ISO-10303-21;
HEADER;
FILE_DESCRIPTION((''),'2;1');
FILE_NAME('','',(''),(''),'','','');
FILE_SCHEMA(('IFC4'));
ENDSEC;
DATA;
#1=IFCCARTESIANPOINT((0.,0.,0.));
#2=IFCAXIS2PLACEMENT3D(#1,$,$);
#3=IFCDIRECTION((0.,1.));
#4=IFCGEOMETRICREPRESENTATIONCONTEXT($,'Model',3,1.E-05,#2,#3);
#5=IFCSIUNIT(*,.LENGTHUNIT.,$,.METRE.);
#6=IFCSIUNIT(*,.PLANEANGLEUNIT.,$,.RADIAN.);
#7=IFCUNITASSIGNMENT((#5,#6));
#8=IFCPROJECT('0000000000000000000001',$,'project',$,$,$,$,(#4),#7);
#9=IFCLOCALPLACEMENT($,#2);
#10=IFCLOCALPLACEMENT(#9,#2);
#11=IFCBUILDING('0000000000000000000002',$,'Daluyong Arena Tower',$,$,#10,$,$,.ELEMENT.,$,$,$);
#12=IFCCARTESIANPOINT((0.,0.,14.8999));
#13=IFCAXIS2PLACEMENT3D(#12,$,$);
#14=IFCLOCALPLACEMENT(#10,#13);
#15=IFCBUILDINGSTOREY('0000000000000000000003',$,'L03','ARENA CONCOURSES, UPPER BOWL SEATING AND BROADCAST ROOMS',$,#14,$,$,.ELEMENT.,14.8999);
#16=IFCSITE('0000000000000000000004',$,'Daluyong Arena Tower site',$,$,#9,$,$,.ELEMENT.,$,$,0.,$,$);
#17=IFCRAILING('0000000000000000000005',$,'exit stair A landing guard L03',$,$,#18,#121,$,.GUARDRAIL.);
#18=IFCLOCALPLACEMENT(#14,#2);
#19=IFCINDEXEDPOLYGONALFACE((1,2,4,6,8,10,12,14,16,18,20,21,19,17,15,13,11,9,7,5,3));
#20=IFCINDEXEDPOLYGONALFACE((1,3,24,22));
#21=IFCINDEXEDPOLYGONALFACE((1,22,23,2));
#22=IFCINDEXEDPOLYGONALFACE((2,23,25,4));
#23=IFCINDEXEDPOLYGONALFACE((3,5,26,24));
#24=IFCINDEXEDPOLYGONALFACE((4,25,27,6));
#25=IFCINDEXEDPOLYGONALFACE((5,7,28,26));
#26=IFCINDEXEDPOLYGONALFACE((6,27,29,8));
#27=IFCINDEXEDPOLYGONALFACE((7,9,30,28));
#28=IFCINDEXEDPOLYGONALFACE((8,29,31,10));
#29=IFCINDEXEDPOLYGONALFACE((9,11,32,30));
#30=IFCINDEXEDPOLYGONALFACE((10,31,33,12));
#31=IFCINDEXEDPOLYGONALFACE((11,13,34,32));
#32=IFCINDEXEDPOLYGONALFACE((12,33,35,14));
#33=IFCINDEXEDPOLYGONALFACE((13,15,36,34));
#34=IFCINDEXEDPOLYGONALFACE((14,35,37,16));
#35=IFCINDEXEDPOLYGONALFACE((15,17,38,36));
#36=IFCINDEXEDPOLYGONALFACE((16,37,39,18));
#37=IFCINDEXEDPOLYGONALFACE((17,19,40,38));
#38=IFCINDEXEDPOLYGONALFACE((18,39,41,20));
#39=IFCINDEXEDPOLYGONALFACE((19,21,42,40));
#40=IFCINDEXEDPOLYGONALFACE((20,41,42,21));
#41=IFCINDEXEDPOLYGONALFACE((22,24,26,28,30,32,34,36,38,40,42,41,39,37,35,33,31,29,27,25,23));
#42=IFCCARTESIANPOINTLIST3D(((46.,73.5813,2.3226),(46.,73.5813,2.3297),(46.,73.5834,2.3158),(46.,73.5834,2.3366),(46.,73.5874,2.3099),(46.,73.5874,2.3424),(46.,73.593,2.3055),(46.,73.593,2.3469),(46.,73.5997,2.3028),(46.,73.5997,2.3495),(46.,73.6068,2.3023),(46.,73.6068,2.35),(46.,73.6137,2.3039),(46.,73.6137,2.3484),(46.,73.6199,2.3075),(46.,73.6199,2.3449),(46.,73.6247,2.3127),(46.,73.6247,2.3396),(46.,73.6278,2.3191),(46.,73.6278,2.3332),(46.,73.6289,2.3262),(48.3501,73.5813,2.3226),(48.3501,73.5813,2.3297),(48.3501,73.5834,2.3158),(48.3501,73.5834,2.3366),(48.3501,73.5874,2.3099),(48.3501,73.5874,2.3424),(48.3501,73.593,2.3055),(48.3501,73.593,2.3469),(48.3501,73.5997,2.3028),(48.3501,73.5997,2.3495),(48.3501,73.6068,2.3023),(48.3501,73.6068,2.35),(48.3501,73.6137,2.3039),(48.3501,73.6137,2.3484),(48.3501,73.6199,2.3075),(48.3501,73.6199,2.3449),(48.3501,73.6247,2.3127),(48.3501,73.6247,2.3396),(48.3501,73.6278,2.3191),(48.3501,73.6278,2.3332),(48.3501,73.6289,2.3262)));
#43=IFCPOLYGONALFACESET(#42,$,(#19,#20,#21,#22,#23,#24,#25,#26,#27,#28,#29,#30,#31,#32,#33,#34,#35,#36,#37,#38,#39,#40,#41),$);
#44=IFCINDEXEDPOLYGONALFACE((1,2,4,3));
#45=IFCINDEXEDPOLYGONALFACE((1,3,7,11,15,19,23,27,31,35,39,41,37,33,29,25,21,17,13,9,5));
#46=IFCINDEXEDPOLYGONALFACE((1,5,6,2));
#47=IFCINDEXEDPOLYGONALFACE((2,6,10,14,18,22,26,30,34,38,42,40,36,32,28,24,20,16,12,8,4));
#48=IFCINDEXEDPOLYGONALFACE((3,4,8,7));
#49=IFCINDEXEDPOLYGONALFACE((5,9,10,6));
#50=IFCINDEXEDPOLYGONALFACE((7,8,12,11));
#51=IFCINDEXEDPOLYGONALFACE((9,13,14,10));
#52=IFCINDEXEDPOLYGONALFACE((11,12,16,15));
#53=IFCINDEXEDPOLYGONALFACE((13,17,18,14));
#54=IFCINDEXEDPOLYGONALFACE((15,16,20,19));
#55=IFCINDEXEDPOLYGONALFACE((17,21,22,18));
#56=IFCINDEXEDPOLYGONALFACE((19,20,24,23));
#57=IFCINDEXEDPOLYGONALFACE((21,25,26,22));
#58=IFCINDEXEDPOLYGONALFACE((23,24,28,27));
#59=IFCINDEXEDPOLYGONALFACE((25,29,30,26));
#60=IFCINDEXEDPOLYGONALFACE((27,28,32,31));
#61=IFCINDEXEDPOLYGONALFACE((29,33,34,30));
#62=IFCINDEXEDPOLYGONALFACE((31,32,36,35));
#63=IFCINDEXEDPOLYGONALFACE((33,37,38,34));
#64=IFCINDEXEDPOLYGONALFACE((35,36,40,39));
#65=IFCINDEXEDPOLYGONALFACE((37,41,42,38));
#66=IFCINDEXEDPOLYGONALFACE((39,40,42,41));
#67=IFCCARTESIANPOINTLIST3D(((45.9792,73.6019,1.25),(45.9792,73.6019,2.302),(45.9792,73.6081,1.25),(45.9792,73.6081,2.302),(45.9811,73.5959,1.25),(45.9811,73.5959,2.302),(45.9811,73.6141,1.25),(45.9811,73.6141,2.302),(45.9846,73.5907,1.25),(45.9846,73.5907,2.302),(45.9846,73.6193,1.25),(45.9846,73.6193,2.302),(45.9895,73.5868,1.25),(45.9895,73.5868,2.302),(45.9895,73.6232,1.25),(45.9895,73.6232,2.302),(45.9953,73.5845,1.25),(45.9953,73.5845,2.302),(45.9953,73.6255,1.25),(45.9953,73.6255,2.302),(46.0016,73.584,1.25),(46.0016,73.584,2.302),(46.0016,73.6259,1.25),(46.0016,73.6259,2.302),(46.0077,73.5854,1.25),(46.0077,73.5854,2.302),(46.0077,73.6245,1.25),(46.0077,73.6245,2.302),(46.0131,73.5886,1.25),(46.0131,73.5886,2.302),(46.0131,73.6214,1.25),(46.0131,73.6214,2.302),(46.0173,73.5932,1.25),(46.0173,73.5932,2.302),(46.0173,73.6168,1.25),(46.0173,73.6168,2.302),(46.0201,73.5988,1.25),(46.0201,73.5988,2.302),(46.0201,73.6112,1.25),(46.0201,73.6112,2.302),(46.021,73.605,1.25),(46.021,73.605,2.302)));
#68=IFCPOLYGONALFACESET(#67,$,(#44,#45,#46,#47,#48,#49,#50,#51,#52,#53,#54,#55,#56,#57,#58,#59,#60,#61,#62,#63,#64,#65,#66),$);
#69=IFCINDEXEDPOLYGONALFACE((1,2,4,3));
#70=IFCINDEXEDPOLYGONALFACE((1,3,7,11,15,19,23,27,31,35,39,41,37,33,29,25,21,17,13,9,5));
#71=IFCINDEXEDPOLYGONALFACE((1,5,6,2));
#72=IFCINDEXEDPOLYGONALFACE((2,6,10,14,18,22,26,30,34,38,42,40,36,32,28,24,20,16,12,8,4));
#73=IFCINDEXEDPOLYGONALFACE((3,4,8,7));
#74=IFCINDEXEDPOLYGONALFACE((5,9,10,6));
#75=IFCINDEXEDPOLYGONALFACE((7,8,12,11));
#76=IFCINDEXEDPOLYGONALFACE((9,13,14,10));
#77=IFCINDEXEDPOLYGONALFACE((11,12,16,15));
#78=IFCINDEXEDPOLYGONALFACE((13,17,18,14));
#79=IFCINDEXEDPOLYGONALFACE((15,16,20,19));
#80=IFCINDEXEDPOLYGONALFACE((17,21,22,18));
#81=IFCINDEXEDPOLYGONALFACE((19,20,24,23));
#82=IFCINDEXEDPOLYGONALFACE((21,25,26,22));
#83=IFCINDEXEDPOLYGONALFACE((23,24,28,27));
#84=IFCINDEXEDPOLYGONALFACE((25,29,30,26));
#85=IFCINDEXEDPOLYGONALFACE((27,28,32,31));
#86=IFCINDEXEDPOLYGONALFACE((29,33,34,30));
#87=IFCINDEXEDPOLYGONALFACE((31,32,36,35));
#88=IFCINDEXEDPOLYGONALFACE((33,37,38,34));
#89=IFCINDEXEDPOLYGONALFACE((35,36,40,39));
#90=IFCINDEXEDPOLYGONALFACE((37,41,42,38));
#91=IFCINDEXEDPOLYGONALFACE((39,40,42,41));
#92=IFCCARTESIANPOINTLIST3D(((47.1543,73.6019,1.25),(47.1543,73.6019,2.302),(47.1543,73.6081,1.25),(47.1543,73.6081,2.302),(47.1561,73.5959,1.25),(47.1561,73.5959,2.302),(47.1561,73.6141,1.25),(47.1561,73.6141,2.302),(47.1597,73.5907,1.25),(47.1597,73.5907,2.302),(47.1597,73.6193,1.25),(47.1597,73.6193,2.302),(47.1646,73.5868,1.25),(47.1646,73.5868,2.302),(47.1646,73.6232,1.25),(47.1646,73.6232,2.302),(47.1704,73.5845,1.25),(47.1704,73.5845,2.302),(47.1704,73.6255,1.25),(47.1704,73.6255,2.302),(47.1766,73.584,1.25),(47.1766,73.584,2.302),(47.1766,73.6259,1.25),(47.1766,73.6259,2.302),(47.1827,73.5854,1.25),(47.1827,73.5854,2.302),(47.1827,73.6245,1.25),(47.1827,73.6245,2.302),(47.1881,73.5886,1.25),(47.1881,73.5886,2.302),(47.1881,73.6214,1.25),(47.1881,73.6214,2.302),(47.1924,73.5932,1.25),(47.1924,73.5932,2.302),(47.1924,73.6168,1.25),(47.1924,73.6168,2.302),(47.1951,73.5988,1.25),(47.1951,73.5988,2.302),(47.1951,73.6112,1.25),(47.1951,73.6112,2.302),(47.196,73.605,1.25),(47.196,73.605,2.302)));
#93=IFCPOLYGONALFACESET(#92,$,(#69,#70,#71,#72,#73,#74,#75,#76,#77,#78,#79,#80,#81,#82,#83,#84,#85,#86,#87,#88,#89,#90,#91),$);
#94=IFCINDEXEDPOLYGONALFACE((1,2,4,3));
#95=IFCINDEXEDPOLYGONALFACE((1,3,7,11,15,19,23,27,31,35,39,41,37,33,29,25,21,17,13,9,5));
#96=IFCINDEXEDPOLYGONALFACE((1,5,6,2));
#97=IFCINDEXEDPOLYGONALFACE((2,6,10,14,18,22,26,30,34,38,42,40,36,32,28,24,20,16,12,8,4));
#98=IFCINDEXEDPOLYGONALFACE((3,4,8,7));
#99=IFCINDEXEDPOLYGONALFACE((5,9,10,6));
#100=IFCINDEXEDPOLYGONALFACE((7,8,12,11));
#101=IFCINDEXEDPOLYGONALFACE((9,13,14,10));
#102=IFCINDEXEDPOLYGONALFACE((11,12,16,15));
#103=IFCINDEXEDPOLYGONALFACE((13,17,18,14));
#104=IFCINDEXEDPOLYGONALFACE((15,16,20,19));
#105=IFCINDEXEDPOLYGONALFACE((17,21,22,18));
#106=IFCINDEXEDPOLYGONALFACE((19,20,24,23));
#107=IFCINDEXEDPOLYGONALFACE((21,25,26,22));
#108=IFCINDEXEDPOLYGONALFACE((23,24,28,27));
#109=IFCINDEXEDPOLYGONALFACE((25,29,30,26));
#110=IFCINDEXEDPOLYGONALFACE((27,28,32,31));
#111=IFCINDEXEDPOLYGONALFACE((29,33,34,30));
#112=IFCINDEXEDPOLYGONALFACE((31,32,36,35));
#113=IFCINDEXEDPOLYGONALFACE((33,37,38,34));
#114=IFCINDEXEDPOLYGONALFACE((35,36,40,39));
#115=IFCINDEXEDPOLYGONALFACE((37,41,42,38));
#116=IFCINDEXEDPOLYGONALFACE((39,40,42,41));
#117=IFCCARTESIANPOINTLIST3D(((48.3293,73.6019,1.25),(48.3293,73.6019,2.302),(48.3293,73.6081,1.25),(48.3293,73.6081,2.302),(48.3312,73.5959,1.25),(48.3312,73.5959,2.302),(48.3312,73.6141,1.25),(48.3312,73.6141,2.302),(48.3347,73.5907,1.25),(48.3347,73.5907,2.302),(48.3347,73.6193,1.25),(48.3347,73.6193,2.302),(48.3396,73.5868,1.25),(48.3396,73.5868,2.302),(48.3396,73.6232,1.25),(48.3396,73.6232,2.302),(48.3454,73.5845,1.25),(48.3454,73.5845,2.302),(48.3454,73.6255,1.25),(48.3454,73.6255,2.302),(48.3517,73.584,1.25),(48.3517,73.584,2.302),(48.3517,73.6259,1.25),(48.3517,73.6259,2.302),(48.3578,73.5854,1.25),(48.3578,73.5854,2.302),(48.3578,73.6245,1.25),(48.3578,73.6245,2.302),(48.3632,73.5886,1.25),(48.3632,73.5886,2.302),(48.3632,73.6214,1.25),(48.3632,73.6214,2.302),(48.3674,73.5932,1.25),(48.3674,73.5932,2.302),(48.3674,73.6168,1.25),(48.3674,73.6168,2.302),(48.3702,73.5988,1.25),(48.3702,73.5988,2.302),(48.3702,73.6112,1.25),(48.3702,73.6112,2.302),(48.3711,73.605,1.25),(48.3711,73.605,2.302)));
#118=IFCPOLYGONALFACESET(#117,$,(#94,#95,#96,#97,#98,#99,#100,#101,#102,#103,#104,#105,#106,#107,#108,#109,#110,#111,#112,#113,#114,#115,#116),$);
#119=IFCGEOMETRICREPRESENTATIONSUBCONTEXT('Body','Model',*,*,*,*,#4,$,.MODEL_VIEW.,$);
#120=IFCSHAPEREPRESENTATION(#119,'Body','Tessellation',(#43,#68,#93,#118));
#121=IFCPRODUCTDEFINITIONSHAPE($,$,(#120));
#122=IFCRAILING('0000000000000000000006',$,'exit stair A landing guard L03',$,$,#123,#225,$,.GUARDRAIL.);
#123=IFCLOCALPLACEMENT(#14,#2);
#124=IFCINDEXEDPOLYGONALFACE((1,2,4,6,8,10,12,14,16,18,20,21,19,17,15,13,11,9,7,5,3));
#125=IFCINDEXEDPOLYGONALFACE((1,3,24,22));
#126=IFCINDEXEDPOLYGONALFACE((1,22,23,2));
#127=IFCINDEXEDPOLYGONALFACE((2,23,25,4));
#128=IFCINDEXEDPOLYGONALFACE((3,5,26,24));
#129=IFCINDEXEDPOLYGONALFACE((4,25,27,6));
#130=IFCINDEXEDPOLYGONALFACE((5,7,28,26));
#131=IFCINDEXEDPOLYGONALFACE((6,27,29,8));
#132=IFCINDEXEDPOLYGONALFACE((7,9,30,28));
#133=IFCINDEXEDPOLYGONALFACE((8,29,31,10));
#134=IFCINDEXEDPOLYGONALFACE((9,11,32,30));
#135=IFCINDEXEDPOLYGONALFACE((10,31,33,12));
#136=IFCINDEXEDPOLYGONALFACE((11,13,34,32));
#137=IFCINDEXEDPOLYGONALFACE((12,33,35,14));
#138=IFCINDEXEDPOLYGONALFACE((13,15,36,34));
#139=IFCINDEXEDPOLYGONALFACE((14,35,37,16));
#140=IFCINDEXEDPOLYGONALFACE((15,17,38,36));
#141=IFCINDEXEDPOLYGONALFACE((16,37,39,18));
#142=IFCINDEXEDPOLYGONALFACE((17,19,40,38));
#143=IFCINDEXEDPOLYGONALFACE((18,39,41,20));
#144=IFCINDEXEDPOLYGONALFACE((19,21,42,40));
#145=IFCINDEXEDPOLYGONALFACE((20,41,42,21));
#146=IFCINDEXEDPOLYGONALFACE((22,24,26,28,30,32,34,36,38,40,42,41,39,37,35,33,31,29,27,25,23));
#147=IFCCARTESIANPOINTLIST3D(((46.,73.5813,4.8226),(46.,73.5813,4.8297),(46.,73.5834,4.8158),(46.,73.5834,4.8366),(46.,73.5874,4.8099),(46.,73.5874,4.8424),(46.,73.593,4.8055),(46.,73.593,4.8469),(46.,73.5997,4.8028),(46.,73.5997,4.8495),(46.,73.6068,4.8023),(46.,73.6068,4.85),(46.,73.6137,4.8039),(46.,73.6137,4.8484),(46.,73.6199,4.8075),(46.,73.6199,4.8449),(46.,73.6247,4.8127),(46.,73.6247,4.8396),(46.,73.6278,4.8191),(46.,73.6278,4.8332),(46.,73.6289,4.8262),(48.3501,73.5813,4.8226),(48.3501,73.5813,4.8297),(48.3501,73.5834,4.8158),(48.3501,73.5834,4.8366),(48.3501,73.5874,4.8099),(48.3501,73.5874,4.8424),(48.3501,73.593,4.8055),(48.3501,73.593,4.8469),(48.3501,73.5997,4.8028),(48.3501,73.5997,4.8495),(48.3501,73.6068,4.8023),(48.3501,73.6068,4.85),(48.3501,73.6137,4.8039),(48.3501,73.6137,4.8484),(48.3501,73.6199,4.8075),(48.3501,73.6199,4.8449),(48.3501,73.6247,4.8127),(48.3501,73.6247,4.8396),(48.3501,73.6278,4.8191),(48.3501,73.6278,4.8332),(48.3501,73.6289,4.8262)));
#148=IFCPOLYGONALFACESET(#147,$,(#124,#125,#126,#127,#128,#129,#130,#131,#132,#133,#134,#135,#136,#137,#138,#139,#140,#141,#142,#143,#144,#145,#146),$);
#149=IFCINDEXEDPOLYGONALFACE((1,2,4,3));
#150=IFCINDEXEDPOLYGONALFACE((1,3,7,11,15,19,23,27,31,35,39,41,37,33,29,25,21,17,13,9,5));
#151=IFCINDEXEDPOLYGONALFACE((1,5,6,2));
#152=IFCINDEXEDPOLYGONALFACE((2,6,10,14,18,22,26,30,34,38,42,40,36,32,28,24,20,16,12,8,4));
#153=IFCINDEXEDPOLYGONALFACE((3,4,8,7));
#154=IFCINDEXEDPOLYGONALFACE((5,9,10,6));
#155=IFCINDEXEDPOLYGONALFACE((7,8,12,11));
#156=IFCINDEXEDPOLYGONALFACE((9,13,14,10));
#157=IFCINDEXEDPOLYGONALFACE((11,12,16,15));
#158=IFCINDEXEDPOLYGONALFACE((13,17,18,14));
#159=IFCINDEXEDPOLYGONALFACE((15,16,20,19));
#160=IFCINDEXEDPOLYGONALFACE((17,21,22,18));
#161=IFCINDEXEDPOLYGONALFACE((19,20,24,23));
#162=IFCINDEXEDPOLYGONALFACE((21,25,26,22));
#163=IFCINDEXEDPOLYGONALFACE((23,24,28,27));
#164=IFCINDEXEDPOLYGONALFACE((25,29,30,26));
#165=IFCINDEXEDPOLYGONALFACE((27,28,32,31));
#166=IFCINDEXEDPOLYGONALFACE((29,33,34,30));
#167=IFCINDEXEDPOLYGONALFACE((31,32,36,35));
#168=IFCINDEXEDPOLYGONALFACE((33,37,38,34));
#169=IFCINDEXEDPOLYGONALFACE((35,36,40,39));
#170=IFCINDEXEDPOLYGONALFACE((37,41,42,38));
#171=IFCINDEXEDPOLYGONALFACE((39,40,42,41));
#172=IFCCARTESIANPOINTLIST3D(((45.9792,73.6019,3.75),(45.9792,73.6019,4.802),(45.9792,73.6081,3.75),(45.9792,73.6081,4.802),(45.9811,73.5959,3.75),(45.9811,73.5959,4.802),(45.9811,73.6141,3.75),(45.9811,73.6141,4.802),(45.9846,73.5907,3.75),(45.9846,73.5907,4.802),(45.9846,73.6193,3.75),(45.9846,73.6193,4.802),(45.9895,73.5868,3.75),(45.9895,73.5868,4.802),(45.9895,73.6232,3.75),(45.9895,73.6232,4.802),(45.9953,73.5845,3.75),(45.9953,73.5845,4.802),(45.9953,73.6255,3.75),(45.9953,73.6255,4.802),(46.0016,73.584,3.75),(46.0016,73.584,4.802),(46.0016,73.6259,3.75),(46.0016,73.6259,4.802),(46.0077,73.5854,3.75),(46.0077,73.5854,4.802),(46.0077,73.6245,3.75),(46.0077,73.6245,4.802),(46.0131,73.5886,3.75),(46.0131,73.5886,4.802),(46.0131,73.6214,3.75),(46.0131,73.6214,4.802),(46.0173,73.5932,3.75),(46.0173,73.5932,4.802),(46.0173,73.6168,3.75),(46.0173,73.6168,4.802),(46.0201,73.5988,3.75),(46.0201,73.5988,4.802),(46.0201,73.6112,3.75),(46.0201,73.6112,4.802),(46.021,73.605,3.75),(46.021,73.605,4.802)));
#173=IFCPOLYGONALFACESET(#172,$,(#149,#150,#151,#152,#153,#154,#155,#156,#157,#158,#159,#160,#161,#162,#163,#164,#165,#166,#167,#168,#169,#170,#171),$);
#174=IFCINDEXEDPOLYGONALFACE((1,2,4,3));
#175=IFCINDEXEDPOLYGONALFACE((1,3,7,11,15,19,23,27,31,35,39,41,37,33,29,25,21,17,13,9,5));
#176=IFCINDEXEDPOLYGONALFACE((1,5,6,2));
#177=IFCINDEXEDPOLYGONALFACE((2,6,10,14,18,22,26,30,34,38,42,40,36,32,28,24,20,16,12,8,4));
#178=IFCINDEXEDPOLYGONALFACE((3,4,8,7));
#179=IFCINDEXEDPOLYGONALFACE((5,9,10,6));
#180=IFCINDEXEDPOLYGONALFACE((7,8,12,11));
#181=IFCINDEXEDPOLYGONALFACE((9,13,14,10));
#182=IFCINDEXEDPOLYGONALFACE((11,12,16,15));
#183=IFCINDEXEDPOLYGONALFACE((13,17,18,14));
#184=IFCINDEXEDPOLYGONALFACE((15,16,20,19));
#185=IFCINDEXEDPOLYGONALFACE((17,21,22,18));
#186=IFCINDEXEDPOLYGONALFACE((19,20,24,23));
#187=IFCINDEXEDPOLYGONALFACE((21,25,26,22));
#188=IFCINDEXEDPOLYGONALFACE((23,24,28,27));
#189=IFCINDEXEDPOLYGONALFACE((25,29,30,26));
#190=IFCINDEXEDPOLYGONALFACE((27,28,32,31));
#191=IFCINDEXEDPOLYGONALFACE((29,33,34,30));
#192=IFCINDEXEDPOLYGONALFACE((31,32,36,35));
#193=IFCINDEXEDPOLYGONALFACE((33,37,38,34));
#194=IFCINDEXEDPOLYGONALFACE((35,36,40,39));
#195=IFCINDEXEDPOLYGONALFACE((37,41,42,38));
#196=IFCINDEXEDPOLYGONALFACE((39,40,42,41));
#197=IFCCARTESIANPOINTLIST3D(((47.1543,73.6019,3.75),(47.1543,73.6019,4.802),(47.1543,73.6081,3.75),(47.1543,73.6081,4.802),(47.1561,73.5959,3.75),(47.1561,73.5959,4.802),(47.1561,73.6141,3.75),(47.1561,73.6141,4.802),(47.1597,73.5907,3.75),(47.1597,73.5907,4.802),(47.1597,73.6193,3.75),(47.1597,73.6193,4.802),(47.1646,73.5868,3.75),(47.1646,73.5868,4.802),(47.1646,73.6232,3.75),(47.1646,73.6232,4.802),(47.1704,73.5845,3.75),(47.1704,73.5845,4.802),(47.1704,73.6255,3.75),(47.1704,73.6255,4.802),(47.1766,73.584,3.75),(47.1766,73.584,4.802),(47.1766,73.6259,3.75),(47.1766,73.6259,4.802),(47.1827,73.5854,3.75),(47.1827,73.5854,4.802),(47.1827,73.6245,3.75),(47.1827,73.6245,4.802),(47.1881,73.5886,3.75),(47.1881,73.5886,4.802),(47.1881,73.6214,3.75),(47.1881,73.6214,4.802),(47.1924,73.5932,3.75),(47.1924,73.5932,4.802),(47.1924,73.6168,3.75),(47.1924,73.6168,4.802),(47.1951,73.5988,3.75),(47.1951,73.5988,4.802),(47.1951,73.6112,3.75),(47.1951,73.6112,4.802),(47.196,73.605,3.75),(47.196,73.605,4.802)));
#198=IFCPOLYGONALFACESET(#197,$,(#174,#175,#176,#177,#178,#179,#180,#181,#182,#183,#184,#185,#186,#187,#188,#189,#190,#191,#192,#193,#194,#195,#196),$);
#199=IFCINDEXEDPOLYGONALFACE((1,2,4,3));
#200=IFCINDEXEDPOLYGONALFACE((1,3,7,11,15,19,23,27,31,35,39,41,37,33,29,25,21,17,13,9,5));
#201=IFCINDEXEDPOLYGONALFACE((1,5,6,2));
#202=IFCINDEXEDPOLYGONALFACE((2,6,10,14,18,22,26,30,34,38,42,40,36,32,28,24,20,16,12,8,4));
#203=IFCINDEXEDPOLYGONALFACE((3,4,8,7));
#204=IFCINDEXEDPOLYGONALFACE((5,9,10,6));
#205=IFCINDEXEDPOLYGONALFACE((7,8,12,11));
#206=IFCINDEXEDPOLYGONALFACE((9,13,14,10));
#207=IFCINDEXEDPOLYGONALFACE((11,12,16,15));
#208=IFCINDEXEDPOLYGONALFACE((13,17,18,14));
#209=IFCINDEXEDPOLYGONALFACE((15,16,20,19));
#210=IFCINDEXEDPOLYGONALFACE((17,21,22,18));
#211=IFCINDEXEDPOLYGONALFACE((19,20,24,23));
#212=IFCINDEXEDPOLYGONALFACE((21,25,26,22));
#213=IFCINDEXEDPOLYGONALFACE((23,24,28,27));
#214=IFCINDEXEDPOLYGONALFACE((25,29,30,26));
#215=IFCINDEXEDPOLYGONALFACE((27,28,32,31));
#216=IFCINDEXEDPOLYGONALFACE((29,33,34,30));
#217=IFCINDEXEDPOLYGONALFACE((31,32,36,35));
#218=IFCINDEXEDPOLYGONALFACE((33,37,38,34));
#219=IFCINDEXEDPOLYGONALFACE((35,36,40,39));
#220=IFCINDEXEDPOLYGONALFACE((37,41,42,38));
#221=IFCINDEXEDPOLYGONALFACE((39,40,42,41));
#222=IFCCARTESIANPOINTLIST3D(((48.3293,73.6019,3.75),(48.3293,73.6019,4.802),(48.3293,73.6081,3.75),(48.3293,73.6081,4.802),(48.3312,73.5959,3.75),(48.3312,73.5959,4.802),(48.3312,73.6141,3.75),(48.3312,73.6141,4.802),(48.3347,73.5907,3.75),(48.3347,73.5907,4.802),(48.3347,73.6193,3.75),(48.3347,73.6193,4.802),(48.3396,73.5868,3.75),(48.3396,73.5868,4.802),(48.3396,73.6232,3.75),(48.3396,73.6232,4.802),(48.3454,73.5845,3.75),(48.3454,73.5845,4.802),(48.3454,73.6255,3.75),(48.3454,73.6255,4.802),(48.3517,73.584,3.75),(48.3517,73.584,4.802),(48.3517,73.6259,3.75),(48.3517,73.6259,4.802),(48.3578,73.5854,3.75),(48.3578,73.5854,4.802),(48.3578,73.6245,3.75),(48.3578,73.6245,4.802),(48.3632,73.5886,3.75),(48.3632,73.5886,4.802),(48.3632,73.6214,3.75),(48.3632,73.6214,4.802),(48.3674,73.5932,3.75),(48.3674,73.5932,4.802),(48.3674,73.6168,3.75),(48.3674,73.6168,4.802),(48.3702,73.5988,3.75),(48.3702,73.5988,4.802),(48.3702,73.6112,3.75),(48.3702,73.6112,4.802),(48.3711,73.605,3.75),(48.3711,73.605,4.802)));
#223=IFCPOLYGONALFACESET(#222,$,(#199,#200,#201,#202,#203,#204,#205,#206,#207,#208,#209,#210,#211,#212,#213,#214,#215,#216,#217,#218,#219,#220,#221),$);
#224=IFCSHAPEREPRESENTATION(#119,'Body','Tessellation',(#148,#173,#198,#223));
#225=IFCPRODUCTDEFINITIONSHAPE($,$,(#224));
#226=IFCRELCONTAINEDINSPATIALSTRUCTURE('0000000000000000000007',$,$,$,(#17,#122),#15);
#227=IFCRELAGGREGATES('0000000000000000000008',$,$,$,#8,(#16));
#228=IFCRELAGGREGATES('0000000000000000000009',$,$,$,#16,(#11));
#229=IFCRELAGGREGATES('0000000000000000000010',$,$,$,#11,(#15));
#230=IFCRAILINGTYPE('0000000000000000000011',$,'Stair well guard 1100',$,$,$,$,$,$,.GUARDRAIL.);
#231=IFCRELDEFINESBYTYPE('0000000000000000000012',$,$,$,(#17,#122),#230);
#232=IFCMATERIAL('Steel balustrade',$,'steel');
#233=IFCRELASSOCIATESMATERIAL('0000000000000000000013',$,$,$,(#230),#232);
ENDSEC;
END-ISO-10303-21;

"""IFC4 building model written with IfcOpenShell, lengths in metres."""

from ifc_helpers import new_model, si_unit, direction, frame, origin, origin_2d, place, context, subcontext, project, spatial, circle, extrude, material, type_object, element, save


model = new_model("IFC4")

# Units and contexts
model_context = context("Model", 3, precision=1e-05, world=origin(), true_north=direction((0.0, 1.0)))
body_context = subcontext(model_context, "Body", "Model", "MODEL_VIEW")
ifc_project = project(units=[si_unit("LENGTHUNIT", "METRE"), si_unit("PLANEANGLEUNIT", "RADIAN")], contexts=[model_context])

# Site, building, storey
site_placement = place(None, origin())
site = spatial("IfcSite", under=ifc_project, at=site_placement, Name="Daluyong Arena Tower site", CompositionType="ELEMENT", RefElevation=0.0)
building_placement = place(site_placement, origin())
building = spatial("IfcBuilding", under=site, at=building_placement, Name="Daluyong Arena Tower", CompositionType="ELEMENT")
storey_placement = place(building_placement, frame((0.0, 0.0, 14.8999)))
storey = spatial("IfcBuildingStorey", under=building, at=storey_placement, Name="L03", Description="ARENA CONCOURSES, UPPER BOWL SEATING AND BROADCAST ROOMS", CompositionType="ELEMENT", Elevation=14.8999)

# Railings
ifc_material_1 = material(Name="Steel balustrade", Category="steel")
railing_type_1 = type_object("IfcRailingType", Name="Stair well guard 1100", PredefinedType="GUARDRAIL", material=ifc_material_1)
for number, where, name in (
    (1, (46.0, 73.605, 1.25), "exit stair A landing guard L03"),
    (2, (46.0, 73.605, 3.75), "exit stair A landing guard L03"),
):
    element("IfcRailing", number, at=place(storey_placement, frame(where)), inside=storey, type_object=railing_type_1, Name=name, PredefinedType="GUARDRAIL", context=body_context, shape_type="SweptSolid", body=[
        extrude(circle(Radius=0.0239, at=origin_2d()), frame((0.0, 0.0, 1.0762), z_axis=(1.0, 0.0, 0.0), x_axis=(0.0, 1.0, 0.0)), (0.0, 0.0, 1.0), 2.3501),
        extrude(circle(Radius=0.021, at=origin_2d()), origin(), (0.0, 0.0, 1.0), 1.052),
        extrude(circle(Radius=0.021, at=origin_2d()), frame((1.175, 0.0, 0.0)), (0.0, 0.0, 1.0), 1.052),
        extrude(circle(Radius=0.021, at=origin_2d()), frame((2.3501, 0.0, 0.0)), (0.0, 0.0, 1.0), 1.052),
    ])

save(model, "model.ifc")
